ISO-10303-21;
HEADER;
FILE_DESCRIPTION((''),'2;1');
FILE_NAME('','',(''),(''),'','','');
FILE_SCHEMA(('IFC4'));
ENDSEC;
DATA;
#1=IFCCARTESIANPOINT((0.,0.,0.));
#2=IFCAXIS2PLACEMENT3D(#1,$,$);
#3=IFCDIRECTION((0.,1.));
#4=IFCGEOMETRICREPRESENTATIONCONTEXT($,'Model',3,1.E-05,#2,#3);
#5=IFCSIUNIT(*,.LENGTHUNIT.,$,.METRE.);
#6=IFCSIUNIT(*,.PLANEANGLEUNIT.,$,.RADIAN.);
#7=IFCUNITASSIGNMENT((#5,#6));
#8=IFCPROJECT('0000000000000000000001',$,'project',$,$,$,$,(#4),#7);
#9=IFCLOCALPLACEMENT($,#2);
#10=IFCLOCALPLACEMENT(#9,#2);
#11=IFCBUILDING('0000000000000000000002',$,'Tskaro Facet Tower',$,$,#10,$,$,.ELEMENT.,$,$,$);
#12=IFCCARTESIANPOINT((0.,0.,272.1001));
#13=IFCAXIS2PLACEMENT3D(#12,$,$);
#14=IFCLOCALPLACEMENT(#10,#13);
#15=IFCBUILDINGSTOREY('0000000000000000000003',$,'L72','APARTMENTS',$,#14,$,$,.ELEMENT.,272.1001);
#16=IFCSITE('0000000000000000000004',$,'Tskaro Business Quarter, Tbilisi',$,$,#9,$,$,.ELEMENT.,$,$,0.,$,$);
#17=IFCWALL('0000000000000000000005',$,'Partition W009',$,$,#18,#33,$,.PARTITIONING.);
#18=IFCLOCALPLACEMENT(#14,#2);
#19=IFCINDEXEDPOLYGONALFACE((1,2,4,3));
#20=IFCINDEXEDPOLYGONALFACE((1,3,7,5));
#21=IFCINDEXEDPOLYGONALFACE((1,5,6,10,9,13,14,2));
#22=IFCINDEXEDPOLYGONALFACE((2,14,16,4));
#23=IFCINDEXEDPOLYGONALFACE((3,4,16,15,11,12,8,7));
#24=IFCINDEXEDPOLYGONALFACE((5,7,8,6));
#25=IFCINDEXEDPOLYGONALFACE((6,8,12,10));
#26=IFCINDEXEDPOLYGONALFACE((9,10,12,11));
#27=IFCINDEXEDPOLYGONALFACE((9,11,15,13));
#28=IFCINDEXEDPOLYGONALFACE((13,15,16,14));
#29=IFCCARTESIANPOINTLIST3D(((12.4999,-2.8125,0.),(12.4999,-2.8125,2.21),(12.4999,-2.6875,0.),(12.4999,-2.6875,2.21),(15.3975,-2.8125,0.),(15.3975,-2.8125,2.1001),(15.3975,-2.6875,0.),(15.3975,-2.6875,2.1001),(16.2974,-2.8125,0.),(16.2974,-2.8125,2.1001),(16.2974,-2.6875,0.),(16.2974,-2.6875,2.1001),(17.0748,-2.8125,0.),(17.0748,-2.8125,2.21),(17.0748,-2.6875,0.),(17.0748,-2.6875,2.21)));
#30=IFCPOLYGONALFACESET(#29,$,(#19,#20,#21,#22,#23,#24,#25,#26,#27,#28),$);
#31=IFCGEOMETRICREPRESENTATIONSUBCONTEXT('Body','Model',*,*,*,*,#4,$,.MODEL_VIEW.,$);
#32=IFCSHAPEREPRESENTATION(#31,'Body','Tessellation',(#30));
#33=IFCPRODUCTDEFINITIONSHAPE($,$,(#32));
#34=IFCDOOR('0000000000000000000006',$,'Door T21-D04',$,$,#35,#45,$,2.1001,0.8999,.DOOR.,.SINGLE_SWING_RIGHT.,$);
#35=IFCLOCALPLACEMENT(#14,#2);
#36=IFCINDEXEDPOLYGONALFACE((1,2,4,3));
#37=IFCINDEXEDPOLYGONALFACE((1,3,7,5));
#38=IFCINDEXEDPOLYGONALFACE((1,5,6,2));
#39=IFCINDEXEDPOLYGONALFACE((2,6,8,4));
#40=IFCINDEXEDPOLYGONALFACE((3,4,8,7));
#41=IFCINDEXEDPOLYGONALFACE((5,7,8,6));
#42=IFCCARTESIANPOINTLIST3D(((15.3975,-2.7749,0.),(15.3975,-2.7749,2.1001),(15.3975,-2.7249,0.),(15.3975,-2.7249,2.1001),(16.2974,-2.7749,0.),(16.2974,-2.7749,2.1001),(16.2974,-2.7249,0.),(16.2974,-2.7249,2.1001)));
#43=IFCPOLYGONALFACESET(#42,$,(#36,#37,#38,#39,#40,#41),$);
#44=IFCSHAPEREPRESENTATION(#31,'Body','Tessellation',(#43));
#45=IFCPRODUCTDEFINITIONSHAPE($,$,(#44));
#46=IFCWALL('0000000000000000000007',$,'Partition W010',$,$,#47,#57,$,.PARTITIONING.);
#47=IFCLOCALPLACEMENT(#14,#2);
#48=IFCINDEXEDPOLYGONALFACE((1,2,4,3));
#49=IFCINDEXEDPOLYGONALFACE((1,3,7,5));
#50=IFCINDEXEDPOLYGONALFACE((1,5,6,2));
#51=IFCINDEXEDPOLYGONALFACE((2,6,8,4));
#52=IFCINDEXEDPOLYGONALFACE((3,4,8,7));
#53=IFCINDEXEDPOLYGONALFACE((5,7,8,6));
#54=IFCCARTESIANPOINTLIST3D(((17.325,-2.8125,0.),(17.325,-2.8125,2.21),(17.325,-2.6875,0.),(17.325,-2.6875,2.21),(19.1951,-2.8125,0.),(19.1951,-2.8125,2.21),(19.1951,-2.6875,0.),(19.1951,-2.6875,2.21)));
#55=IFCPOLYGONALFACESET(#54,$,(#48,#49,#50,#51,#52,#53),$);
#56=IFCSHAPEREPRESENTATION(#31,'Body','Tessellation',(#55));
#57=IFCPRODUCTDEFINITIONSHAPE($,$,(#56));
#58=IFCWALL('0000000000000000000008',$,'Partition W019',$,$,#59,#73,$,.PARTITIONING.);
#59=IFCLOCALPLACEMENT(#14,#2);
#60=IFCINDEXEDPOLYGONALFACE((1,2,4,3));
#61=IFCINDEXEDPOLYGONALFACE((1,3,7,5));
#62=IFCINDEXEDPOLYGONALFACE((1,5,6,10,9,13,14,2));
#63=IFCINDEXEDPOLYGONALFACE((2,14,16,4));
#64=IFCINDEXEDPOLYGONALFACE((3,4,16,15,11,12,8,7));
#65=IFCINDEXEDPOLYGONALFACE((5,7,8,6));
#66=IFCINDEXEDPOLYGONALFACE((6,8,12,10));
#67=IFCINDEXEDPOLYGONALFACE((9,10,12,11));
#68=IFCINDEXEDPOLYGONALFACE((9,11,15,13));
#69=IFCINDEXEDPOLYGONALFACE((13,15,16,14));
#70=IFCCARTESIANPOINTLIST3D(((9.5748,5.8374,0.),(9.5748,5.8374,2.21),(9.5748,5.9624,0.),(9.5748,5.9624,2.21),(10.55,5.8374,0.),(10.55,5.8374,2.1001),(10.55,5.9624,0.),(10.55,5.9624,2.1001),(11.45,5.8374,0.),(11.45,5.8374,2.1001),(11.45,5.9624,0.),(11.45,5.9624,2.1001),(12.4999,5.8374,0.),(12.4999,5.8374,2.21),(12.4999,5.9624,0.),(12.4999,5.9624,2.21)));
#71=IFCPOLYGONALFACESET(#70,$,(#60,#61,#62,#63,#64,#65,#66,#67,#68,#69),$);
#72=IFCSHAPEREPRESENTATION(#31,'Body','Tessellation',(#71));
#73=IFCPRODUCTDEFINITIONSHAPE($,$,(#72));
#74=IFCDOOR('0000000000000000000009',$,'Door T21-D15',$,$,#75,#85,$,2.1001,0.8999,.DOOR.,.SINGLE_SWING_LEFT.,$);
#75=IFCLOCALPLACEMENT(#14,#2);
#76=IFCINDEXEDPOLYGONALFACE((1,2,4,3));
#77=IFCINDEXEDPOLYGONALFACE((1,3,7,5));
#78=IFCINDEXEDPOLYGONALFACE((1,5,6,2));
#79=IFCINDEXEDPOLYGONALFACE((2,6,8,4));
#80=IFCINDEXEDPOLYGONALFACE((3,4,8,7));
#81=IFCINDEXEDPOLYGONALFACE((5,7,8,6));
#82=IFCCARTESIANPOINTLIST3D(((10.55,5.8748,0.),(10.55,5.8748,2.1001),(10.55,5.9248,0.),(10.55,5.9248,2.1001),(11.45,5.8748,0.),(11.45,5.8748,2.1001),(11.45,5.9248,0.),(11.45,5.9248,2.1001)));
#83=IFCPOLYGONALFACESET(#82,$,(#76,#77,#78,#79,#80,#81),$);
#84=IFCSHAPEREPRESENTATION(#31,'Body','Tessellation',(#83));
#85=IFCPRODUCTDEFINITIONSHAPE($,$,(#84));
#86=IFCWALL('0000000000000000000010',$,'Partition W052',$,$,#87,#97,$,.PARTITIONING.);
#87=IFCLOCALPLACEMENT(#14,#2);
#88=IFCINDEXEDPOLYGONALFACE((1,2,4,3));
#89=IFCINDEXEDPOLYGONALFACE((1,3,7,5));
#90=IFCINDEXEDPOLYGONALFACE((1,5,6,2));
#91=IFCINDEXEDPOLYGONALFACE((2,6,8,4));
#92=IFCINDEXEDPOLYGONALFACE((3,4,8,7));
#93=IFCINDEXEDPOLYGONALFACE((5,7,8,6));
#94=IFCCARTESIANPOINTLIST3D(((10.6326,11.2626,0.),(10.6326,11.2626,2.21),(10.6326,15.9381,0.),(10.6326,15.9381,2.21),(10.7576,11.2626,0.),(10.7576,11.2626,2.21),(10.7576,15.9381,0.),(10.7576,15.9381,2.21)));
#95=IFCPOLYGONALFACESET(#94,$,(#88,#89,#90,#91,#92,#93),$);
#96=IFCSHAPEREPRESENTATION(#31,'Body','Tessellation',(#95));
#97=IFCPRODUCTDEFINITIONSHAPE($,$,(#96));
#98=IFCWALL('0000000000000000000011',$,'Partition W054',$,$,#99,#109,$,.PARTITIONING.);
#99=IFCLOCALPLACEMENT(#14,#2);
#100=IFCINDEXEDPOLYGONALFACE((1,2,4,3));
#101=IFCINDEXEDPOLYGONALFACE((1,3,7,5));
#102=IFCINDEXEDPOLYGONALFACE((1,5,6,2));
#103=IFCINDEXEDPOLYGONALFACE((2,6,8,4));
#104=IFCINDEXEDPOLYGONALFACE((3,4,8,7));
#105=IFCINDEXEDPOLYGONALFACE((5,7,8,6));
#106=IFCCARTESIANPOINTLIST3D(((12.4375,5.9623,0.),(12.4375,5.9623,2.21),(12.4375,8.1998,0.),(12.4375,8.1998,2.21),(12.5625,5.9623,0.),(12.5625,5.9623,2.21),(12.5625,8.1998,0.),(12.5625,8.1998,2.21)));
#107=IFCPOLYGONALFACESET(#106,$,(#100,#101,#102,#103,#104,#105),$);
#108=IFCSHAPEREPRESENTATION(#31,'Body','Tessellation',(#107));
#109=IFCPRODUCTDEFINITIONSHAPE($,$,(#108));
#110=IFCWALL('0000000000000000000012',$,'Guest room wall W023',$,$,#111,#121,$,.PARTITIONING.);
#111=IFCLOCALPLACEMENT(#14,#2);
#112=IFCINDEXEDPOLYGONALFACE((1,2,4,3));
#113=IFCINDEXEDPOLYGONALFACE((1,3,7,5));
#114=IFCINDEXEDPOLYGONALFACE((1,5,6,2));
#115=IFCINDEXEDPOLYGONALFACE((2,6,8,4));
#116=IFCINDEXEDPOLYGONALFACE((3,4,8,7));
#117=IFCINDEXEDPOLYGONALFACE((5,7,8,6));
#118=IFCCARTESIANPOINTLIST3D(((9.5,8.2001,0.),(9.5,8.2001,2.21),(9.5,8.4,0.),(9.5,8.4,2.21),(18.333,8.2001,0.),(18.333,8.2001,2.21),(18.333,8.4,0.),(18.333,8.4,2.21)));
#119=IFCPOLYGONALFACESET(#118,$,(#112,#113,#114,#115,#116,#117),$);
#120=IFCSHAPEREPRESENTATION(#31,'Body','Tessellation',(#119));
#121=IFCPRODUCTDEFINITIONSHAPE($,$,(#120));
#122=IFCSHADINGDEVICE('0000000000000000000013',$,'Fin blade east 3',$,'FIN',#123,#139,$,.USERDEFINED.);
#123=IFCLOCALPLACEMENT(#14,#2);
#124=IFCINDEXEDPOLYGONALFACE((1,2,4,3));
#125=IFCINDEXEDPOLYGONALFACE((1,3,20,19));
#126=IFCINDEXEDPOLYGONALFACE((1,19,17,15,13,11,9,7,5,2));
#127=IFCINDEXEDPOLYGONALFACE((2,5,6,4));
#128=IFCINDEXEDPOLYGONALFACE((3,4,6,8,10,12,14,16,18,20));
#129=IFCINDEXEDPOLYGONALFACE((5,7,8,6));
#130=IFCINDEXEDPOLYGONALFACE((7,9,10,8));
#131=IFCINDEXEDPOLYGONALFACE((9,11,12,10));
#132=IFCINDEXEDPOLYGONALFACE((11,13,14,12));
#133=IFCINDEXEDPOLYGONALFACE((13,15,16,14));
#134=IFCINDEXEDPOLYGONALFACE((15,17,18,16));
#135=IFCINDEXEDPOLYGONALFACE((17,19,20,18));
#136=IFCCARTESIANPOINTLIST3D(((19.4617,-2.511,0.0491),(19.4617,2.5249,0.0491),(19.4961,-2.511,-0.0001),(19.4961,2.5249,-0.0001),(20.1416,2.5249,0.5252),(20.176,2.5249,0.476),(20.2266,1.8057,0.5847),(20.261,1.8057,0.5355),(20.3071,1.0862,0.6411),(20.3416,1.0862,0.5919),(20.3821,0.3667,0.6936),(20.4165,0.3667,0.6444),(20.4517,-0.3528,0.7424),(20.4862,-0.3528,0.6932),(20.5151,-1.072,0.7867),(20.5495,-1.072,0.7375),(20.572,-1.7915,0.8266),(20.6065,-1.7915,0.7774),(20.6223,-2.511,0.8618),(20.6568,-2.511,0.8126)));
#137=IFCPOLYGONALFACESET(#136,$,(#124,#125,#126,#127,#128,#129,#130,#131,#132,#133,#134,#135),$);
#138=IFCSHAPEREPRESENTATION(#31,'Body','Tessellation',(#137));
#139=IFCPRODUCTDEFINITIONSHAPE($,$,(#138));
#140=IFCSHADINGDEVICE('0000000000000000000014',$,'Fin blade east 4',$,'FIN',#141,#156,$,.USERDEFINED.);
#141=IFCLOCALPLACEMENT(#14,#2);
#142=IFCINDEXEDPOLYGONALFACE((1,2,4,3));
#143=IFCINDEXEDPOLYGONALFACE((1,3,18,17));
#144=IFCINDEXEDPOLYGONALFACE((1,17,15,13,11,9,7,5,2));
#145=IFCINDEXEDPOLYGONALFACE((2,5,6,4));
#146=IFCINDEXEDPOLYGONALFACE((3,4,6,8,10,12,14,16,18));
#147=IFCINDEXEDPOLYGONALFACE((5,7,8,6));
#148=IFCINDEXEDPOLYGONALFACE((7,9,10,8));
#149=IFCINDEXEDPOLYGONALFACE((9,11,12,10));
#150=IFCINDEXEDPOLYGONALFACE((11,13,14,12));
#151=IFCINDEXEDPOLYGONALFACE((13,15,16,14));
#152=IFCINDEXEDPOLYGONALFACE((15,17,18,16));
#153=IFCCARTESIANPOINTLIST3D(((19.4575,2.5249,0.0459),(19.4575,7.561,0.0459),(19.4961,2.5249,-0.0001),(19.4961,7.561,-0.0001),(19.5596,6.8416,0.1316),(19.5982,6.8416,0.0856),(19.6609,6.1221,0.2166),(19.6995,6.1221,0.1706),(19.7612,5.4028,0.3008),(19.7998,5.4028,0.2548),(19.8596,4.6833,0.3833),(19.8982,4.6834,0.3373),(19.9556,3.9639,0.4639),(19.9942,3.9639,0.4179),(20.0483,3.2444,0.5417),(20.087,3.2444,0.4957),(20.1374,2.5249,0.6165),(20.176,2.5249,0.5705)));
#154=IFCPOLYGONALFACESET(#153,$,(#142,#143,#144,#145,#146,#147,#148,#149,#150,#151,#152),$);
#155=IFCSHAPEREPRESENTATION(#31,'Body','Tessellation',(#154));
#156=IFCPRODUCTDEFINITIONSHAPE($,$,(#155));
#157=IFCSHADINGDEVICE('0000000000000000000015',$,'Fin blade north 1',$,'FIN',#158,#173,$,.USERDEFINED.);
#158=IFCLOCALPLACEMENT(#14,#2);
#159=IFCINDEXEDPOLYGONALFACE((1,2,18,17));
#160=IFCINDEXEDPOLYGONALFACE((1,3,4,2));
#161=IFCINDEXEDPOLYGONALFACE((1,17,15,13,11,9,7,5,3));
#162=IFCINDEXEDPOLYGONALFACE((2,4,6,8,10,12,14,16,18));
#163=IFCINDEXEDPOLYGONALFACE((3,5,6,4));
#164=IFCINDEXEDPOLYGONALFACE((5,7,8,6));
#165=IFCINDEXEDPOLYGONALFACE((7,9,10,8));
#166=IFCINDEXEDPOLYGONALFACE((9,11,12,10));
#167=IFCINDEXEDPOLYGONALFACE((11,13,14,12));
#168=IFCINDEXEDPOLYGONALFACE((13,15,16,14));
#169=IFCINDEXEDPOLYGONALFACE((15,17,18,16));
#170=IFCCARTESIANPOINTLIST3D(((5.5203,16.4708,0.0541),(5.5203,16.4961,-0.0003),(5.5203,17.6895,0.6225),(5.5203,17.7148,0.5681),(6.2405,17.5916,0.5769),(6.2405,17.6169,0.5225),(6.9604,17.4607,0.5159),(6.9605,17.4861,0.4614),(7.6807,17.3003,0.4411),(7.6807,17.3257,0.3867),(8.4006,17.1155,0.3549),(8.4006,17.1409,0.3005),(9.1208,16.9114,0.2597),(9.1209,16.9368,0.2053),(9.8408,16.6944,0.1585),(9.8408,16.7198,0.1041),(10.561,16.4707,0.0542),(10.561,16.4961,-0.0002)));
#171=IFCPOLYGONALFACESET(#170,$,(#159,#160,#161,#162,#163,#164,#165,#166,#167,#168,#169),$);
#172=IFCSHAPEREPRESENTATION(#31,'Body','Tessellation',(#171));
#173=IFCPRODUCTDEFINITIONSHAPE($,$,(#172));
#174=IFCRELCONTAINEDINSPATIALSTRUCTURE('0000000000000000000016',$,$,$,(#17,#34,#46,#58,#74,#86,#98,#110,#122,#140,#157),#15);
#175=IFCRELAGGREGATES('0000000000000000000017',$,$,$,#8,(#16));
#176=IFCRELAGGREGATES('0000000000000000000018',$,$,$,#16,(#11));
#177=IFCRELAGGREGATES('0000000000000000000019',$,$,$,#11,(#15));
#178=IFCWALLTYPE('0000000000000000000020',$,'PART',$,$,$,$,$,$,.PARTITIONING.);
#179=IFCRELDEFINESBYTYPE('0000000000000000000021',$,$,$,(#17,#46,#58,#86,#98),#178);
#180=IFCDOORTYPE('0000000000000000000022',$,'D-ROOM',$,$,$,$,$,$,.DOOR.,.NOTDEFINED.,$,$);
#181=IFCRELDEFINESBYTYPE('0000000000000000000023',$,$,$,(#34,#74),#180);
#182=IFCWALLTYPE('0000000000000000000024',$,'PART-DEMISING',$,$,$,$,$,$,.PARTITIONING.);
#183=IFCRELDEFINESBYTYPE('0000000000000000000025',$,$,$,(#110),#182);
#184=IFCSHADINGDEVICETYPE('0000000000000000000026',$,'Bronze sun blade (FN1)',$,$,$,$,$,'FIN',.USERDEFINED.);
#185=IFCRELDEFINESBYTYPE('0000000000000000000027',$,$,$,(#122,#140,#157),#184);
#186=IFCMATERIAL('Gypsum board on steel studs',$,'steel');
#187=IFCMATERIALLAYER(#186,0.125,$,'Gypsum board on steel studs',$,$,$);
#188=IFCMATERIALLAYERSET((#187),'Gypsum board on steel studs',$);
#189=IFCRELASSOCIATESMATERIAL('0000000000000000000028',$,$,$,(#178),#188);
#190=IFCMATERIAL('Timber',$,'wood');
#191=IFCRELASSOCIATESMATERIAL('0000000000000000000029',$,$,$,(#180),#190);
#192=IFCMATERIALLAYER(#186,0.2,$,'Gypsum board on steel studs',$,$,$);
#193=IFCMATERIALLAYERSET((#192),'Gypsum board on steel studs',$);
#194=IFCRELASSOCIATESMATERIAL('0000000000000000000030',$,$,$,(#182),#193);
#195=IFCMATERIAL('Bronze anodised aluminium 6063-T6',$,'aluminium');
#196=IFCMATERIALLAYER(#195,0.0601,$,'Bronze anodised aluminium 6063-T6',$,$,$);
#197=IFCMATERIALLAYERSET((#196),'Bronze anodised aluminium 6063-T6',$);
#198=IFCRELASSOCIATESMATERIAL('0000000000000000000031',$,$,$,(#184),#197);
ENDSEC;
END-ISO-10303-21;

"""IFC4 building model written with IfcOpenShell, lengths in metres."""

from ifc_helpers import new_model, si_unit, direction, frame, frame_2d, origin, place, context, subcontext, project, spatial, polyline, rectangle, outline, extrude, material, layer, layer_set, type_object, element, fill, save


model = new_model("IFC4")

# Units and contexts
model_context = context("Model", 3, precision=1e-05, world=origin(), true_north=direction((0.0, 1.0)))
body_context = subcontext(model_context, "Body", "Model", "MODEL_VIEW")
ifc_project = project(units=[si_unit("LENGTHUNIT", "METRE"), si_unit("PLANEANGLEUNIT", "RADIAN")], contexts=[model_context])

# Site, building, storey
site_placement = place(None, origin())
site = spatial("IfcSite", under=ifc_project, at=site_placement, Name="Tskaro Business Quarter, Tbilisi", CompositionType="ELEMENT", RefElevation=0.0)
building_placement = place(site_placement, origin())
building = spatial("IfcBuilding", under=site, at=building_placement, Name="Tskaro Facet Tower", CompositionType="ELEMENT")
storey_placement = place(building_placement, frame((0.0, 0.0, 272.1001)))
storey = spatial("IfcBuildingStorey", under=building, at=storey_placement, Name="L72", Description="APARTMENTS", CompositionType="ELEMENT", Elevation=272.1001)

# Shared definitions
ifc_material_1 = material(Name="Bronze anodised aluminium 6063-T6", Category="aluminium")

# Wall, opening, door
ifc_material_2 = material(Name="Gypsum board on steel studs", Category="steel")
ifc_layer_1 = layer(ifc_material_2, 0.125, Name="Gypsum board on steel studs")
ifc_layer_set_1 = layer_set([ifc_layer_1], Name="Gypsum board on steel studs")
wall_type_1 = type_object("IfcWallType", Name="PART", PredefinedType="PARTITIONING", material=ifc_layer_set_1)
wall_1_placement = place(storey_placement, frame((17.075, -2.75, 0.0), z_axis=(0.0, 0.0, 1.0), x_axis=(-1.0, 0.0, 0.0)))
wall_1 = element("IfcWall", 1, at=wall_1_placement, inside=storey, type_object=wall_type_1, Name="Partition W009", PredefinedType="PARTITIONING", context=body_context, shape_type="SweptSolid", body=[
    extrude(rectangle(XDim=4.575, YDim=0.125, at=frame_2d((2.2876, 0.0))), origin(), (0.0, 0.0, 1.0), 2.21),
])
opening_1_placement = place(wall_1_placement, frame((0.7776, 0.0, 0.0)))
opening_1 = element("IfcOpeningElement", 2, at=opening_1_placement, cuts=wall_1, PredefinedType="OPENING", context=body_context, shape_type="SweptSolid", body=[
    extrude(rectangle(XDim=0.8999, YDim=2.1001, at=frame_2d((0.45, 1.05))), frame((0.0, 0.0725, 0.0), z_axis=(0.0, -1.0, 0.0), x_axis=(1.0, 0.0, 0.0)), (0.0, 0.0, 1.0), 0.145),
])
ifc_material_3 = material(Name="Timber", Category="wood")
door_type = type_object("IfcDoorType", Name="D-ROOM", OperationType="NOTDEFINED", PredefinedType="DOOR", material=ifc_material_3)
door_1_placement = place(opening_1_placement, origin())
door_1 = element("IfcDoor", 3, at=door_1_placement, inside=storey, type_object=door_type, Name="Door T21-D04", OperationType="SINGLE_SWING_RIGHT", OverallHeight=2.1001, OverallWidth=0.8999, PredefinedType="DOOR", context=body_context, shape_type="SweptSolid", body=[
    extrude(rectangle(XDim=0.8999, YDim=2.1001, at=frame_2d((0.45, 1.05))), frame((0.0, 0.0249, 0.0), z_axis=(0.0, -1.0, 0.0), x_axis=(1.0, 0.0, 0.0)), (0.0, 0.0, 1.0), 0.05),
])
fill(opening_1, door_1)

# Wall
wall_2_placement = place(storey_placement, frame((17.325, -2.75, 0.0), z_axis=(0.0, 0.0, 1.0), x_axis=(1.0, 0.0, 0.0)))
element("IfcWall", 4, at=wall_2_placement, inside=storey, type_object=wall_type_1, Name="Partition W010", PredefinedType="PARTITIONING", context=body_context, shape_type="SweptSolid", body=[
    extrude(rectangle(XDim=1.8701, YDim=0.125, at=frame_2d((0.9351, 0.0))), origin(), (0.0, 0.0, 1.0), 2.21),
])

# Wall, opening, door
wall_3_placement = place(storey_placement, frame((9.575, 5.8999, 0.0), z_axis=(0.0, 0.0, 1.0), x_axis=(1.0, 0.0, 0.0)))
wall_3 = element("IfcWall", 5, at=wall_3_placement, inside=storey, type_object=wall_type_1, Name="Partition W019", PredefinedType="PARTITIONING", context=body_context, shape_type="SweptSolid", body=[
    extrude(rectangle(XDim=2.925, YDim=0.125, at=frame_2d((1.4624, 0.0))), origin(), (0.0, 0.0, 1.0), 2.21),
])
opening_2_placement = place(wall_3_placement, frame((0.9751, 0.0, 0.0)))
opening_2 = element("IfcOpeningElement", 6, at=opening_2_placement, cuts=wall_3, PredefinedType="OPENING", context=body_context, shape_type="SweptSolid", body=[
    extrude(rectangle(XDim=0.8999, YDim=2.1001, at=frame_2d((0.45, 1.05))), frame((0.0, 0.0725, 0.0), z_axis=(0.0, -1.0, 0.0), x_axis=(1.0, 0.0, 0.0)), (0.0, 0.0, 1.0), 0.145),
])
door_2_placement = place(opening_2_placement, origin())
door_2 = element("IfcDoor", 7, at=door_2_placement, inside=storey, type_object=door_type, Name="Door T21-D15", OperationType="SINGLE_SWING_LEFT", OverallHeight=2.1001, OverallWidth=0.8999, PredefinedType="DOOR", context=body_context, shape_type="SweptSolid", body=[
    extrude(rectangle(XDim=0.8999, YDim=2.1001, at=frame_2d((0.45, 1.05))), frame((0.0, 0.0249, 0.0), z_axis=(0.0, -1.0, 0.0), x_axis=(1.0, 0.0, 0.0)), (0.0, 0.0, 1.0), 0.05),
])
fill(opening_2, door_2)

# Walls
wall_4_placement = place(storey_placement, frame((10.6951, 11.2625, 0.0), z_axis=(0.0, 0.0, 1.0), x_axis=(0.0, 1.0, 0.0)))
element("IfcWall", 8, at=wall_4_placement, inside=storey, type_object=wall_type_1, Name="Partition W052", PredefinedType="PARTITIONING", context=body_context, shape_type="SweptSolid", body=[
    extrude(rectangle(XDim=4.6755, YDim=0.125, at=frame_2d((2.3379, 0.0))), origin(), (0.0, 0.0, 1.0), 2.21),
])
wall_5_placement = place(storey_placement, frame((12.5, 5.9624, 0.0), z_axis=(0.0, 0.0, 1.0), x_axis=(0.0, 1.0, 0.0)))
element("IfcWall", 9, at=wall_5_placement, inside=storey, type_object=wall_type_1, Name="Partition W054", PredefinedType="PARTITIONING", context=body_context, shape_type="SweptSolid", body=[
    extrude(rectangle(XDim=2.2375, YDim=0.125, at=frame_2d((1.1187, 0.0))), origin(), (0.0, 0.0, 1.0), 2.21),
])
ifc_layer_2 = layer(ifc_material_2, 0.2, Name="Gypsum board on steel studs")
ifc_layer_set_2 = layer_set([ifc_layer_2], Name="Gypsum board on steel studs")
wall_type_2 = type_object("IfcWallType", Name="PART-DEMISING", PredefinedType="PARTITIONING", material=ifc_layer_set_2)
wall_6_placement = place(storey_placement, frame((9.5, 8.3, 0.0), z_axis=(0.0, 0.0, 1.0), x_axis=(1.0, 0.0, 0.0)))
element("IfcWall", 10, at=wall_6_placement, inside=storey, type_object=wall_type_2, Name="Guest room wall W023", PredefinedType="PARTITIONING", context=body_context, shape_type="SweptSolid", body=[
    extrude(rectangle(XDim=8.833, YDim=0.2, at=frame_2d((4.4165, 0.0))), origin(), (0.0, 0.0, 1.0), 2.21),
])

# Shading devices
ifc_layer_3 = layer(ifc_material_1, 0.0601, Name="Bronze anodised aluminium 6063-T6")
ifc_layer_set_3 = layer_set([ifc_layer_3], Name="Bronze anodised aluminium 6063-T6")
shading_device_type = type_object("IfcShadingDeviceType", Name="Bronze sun blade (FN1)", ElementType="FIN", PredefinedType="USERDEFINED", material=ifc_layer_set_3)
shading_device_1_placement = place(storey_placement, frame((19.4617, -2.511, 0.0491), z_axis=(-0.573606, 0.000002, 0.819132), x_axis=(0.000001, 1.0, -0.000002)))
element("IfcShadingDevice", 11, at=shading_device_1_placement, inside=storey, type_object=shading_device_type, Name="Fin blade east 3", ObjectType="FIN", PredefinedType="USERDEFINED", context=body_context, shape_type="SweptSolid", body=[
    extrude(outline(polyline([(0.0, 0.0), (5.0359, 0.0), (5.0359, -0.83), (4.3167, -0.9338), (3.5972, -1.0321), (2.8777, -1.1236), (2.1582, -1.2086), (1.439, -1.286), (0.7195, -1.3556), (0.0, -1.4169), (0.0, 0.0)])), origin(), (0.0, 0.0, -1.0), 0.0601),
])
shading_device_2_placement = place(storey_placement, frame((19.4575, 2.5249, 0.0459), z_axis=(-0.642838, -0.000007, 0.766002), x_axis=(-0.000005, 1.0, 0.000006)))
element("IfcShadingDevice", 12, at=shading_device_2_placement, inside=storey, type_object=shading_device_type, Name="Fin blade east 4", ObjectType="FIN", PredefinedType="USERDEFINED", context=body_context, shape_type="SweptSolid", body=[
    extrude(outline(polyline([(0.0, 0.0), (5.0361, 0.0), (4.3167, -0.1333), (3.5972, -0.2655), (2.8779, -0.3965), (2.1584, -0.5249), (1.439, -0.6502), (0.7195, -0.7713), (0.0, -0.8876), (0.0, 0.0)])), origin(), (0.0, 0.0, -1.0), 0.0601),
])
shading_device_3_placement = place(storey_placement, frame((10.561, 16.4707, 0.0542), z_axis=(-0.000023, -0.422713, 0.906263), x_axis=(-1.0, 0.00001, -0.000021)))
element("IfcShadingDevice", 13, at=shading_device_3_placement, inside=storey, type_object=shading_device_type, Name="Fin blade north 1", ObjectType="FIN", PredefinedType="USERDEFINED", context=body_context, shape_type="SweptSolid", body=[
    extrude(outline(polyline([(0.0, 0.0), (5.0408, 0.0), (5.0408, -1.3448), (4.3206, -1.2367), (3.6006, -1.0923), (2.8804, -0.9154), (2.1604, -0.7115), (1.4402, -0.4863), (0.7202, -0.2468), (0.0, 0.0)])), origin(), (0.0, 0.0, -1.0), 0.0601),
])

save(model, "model.ifc")
